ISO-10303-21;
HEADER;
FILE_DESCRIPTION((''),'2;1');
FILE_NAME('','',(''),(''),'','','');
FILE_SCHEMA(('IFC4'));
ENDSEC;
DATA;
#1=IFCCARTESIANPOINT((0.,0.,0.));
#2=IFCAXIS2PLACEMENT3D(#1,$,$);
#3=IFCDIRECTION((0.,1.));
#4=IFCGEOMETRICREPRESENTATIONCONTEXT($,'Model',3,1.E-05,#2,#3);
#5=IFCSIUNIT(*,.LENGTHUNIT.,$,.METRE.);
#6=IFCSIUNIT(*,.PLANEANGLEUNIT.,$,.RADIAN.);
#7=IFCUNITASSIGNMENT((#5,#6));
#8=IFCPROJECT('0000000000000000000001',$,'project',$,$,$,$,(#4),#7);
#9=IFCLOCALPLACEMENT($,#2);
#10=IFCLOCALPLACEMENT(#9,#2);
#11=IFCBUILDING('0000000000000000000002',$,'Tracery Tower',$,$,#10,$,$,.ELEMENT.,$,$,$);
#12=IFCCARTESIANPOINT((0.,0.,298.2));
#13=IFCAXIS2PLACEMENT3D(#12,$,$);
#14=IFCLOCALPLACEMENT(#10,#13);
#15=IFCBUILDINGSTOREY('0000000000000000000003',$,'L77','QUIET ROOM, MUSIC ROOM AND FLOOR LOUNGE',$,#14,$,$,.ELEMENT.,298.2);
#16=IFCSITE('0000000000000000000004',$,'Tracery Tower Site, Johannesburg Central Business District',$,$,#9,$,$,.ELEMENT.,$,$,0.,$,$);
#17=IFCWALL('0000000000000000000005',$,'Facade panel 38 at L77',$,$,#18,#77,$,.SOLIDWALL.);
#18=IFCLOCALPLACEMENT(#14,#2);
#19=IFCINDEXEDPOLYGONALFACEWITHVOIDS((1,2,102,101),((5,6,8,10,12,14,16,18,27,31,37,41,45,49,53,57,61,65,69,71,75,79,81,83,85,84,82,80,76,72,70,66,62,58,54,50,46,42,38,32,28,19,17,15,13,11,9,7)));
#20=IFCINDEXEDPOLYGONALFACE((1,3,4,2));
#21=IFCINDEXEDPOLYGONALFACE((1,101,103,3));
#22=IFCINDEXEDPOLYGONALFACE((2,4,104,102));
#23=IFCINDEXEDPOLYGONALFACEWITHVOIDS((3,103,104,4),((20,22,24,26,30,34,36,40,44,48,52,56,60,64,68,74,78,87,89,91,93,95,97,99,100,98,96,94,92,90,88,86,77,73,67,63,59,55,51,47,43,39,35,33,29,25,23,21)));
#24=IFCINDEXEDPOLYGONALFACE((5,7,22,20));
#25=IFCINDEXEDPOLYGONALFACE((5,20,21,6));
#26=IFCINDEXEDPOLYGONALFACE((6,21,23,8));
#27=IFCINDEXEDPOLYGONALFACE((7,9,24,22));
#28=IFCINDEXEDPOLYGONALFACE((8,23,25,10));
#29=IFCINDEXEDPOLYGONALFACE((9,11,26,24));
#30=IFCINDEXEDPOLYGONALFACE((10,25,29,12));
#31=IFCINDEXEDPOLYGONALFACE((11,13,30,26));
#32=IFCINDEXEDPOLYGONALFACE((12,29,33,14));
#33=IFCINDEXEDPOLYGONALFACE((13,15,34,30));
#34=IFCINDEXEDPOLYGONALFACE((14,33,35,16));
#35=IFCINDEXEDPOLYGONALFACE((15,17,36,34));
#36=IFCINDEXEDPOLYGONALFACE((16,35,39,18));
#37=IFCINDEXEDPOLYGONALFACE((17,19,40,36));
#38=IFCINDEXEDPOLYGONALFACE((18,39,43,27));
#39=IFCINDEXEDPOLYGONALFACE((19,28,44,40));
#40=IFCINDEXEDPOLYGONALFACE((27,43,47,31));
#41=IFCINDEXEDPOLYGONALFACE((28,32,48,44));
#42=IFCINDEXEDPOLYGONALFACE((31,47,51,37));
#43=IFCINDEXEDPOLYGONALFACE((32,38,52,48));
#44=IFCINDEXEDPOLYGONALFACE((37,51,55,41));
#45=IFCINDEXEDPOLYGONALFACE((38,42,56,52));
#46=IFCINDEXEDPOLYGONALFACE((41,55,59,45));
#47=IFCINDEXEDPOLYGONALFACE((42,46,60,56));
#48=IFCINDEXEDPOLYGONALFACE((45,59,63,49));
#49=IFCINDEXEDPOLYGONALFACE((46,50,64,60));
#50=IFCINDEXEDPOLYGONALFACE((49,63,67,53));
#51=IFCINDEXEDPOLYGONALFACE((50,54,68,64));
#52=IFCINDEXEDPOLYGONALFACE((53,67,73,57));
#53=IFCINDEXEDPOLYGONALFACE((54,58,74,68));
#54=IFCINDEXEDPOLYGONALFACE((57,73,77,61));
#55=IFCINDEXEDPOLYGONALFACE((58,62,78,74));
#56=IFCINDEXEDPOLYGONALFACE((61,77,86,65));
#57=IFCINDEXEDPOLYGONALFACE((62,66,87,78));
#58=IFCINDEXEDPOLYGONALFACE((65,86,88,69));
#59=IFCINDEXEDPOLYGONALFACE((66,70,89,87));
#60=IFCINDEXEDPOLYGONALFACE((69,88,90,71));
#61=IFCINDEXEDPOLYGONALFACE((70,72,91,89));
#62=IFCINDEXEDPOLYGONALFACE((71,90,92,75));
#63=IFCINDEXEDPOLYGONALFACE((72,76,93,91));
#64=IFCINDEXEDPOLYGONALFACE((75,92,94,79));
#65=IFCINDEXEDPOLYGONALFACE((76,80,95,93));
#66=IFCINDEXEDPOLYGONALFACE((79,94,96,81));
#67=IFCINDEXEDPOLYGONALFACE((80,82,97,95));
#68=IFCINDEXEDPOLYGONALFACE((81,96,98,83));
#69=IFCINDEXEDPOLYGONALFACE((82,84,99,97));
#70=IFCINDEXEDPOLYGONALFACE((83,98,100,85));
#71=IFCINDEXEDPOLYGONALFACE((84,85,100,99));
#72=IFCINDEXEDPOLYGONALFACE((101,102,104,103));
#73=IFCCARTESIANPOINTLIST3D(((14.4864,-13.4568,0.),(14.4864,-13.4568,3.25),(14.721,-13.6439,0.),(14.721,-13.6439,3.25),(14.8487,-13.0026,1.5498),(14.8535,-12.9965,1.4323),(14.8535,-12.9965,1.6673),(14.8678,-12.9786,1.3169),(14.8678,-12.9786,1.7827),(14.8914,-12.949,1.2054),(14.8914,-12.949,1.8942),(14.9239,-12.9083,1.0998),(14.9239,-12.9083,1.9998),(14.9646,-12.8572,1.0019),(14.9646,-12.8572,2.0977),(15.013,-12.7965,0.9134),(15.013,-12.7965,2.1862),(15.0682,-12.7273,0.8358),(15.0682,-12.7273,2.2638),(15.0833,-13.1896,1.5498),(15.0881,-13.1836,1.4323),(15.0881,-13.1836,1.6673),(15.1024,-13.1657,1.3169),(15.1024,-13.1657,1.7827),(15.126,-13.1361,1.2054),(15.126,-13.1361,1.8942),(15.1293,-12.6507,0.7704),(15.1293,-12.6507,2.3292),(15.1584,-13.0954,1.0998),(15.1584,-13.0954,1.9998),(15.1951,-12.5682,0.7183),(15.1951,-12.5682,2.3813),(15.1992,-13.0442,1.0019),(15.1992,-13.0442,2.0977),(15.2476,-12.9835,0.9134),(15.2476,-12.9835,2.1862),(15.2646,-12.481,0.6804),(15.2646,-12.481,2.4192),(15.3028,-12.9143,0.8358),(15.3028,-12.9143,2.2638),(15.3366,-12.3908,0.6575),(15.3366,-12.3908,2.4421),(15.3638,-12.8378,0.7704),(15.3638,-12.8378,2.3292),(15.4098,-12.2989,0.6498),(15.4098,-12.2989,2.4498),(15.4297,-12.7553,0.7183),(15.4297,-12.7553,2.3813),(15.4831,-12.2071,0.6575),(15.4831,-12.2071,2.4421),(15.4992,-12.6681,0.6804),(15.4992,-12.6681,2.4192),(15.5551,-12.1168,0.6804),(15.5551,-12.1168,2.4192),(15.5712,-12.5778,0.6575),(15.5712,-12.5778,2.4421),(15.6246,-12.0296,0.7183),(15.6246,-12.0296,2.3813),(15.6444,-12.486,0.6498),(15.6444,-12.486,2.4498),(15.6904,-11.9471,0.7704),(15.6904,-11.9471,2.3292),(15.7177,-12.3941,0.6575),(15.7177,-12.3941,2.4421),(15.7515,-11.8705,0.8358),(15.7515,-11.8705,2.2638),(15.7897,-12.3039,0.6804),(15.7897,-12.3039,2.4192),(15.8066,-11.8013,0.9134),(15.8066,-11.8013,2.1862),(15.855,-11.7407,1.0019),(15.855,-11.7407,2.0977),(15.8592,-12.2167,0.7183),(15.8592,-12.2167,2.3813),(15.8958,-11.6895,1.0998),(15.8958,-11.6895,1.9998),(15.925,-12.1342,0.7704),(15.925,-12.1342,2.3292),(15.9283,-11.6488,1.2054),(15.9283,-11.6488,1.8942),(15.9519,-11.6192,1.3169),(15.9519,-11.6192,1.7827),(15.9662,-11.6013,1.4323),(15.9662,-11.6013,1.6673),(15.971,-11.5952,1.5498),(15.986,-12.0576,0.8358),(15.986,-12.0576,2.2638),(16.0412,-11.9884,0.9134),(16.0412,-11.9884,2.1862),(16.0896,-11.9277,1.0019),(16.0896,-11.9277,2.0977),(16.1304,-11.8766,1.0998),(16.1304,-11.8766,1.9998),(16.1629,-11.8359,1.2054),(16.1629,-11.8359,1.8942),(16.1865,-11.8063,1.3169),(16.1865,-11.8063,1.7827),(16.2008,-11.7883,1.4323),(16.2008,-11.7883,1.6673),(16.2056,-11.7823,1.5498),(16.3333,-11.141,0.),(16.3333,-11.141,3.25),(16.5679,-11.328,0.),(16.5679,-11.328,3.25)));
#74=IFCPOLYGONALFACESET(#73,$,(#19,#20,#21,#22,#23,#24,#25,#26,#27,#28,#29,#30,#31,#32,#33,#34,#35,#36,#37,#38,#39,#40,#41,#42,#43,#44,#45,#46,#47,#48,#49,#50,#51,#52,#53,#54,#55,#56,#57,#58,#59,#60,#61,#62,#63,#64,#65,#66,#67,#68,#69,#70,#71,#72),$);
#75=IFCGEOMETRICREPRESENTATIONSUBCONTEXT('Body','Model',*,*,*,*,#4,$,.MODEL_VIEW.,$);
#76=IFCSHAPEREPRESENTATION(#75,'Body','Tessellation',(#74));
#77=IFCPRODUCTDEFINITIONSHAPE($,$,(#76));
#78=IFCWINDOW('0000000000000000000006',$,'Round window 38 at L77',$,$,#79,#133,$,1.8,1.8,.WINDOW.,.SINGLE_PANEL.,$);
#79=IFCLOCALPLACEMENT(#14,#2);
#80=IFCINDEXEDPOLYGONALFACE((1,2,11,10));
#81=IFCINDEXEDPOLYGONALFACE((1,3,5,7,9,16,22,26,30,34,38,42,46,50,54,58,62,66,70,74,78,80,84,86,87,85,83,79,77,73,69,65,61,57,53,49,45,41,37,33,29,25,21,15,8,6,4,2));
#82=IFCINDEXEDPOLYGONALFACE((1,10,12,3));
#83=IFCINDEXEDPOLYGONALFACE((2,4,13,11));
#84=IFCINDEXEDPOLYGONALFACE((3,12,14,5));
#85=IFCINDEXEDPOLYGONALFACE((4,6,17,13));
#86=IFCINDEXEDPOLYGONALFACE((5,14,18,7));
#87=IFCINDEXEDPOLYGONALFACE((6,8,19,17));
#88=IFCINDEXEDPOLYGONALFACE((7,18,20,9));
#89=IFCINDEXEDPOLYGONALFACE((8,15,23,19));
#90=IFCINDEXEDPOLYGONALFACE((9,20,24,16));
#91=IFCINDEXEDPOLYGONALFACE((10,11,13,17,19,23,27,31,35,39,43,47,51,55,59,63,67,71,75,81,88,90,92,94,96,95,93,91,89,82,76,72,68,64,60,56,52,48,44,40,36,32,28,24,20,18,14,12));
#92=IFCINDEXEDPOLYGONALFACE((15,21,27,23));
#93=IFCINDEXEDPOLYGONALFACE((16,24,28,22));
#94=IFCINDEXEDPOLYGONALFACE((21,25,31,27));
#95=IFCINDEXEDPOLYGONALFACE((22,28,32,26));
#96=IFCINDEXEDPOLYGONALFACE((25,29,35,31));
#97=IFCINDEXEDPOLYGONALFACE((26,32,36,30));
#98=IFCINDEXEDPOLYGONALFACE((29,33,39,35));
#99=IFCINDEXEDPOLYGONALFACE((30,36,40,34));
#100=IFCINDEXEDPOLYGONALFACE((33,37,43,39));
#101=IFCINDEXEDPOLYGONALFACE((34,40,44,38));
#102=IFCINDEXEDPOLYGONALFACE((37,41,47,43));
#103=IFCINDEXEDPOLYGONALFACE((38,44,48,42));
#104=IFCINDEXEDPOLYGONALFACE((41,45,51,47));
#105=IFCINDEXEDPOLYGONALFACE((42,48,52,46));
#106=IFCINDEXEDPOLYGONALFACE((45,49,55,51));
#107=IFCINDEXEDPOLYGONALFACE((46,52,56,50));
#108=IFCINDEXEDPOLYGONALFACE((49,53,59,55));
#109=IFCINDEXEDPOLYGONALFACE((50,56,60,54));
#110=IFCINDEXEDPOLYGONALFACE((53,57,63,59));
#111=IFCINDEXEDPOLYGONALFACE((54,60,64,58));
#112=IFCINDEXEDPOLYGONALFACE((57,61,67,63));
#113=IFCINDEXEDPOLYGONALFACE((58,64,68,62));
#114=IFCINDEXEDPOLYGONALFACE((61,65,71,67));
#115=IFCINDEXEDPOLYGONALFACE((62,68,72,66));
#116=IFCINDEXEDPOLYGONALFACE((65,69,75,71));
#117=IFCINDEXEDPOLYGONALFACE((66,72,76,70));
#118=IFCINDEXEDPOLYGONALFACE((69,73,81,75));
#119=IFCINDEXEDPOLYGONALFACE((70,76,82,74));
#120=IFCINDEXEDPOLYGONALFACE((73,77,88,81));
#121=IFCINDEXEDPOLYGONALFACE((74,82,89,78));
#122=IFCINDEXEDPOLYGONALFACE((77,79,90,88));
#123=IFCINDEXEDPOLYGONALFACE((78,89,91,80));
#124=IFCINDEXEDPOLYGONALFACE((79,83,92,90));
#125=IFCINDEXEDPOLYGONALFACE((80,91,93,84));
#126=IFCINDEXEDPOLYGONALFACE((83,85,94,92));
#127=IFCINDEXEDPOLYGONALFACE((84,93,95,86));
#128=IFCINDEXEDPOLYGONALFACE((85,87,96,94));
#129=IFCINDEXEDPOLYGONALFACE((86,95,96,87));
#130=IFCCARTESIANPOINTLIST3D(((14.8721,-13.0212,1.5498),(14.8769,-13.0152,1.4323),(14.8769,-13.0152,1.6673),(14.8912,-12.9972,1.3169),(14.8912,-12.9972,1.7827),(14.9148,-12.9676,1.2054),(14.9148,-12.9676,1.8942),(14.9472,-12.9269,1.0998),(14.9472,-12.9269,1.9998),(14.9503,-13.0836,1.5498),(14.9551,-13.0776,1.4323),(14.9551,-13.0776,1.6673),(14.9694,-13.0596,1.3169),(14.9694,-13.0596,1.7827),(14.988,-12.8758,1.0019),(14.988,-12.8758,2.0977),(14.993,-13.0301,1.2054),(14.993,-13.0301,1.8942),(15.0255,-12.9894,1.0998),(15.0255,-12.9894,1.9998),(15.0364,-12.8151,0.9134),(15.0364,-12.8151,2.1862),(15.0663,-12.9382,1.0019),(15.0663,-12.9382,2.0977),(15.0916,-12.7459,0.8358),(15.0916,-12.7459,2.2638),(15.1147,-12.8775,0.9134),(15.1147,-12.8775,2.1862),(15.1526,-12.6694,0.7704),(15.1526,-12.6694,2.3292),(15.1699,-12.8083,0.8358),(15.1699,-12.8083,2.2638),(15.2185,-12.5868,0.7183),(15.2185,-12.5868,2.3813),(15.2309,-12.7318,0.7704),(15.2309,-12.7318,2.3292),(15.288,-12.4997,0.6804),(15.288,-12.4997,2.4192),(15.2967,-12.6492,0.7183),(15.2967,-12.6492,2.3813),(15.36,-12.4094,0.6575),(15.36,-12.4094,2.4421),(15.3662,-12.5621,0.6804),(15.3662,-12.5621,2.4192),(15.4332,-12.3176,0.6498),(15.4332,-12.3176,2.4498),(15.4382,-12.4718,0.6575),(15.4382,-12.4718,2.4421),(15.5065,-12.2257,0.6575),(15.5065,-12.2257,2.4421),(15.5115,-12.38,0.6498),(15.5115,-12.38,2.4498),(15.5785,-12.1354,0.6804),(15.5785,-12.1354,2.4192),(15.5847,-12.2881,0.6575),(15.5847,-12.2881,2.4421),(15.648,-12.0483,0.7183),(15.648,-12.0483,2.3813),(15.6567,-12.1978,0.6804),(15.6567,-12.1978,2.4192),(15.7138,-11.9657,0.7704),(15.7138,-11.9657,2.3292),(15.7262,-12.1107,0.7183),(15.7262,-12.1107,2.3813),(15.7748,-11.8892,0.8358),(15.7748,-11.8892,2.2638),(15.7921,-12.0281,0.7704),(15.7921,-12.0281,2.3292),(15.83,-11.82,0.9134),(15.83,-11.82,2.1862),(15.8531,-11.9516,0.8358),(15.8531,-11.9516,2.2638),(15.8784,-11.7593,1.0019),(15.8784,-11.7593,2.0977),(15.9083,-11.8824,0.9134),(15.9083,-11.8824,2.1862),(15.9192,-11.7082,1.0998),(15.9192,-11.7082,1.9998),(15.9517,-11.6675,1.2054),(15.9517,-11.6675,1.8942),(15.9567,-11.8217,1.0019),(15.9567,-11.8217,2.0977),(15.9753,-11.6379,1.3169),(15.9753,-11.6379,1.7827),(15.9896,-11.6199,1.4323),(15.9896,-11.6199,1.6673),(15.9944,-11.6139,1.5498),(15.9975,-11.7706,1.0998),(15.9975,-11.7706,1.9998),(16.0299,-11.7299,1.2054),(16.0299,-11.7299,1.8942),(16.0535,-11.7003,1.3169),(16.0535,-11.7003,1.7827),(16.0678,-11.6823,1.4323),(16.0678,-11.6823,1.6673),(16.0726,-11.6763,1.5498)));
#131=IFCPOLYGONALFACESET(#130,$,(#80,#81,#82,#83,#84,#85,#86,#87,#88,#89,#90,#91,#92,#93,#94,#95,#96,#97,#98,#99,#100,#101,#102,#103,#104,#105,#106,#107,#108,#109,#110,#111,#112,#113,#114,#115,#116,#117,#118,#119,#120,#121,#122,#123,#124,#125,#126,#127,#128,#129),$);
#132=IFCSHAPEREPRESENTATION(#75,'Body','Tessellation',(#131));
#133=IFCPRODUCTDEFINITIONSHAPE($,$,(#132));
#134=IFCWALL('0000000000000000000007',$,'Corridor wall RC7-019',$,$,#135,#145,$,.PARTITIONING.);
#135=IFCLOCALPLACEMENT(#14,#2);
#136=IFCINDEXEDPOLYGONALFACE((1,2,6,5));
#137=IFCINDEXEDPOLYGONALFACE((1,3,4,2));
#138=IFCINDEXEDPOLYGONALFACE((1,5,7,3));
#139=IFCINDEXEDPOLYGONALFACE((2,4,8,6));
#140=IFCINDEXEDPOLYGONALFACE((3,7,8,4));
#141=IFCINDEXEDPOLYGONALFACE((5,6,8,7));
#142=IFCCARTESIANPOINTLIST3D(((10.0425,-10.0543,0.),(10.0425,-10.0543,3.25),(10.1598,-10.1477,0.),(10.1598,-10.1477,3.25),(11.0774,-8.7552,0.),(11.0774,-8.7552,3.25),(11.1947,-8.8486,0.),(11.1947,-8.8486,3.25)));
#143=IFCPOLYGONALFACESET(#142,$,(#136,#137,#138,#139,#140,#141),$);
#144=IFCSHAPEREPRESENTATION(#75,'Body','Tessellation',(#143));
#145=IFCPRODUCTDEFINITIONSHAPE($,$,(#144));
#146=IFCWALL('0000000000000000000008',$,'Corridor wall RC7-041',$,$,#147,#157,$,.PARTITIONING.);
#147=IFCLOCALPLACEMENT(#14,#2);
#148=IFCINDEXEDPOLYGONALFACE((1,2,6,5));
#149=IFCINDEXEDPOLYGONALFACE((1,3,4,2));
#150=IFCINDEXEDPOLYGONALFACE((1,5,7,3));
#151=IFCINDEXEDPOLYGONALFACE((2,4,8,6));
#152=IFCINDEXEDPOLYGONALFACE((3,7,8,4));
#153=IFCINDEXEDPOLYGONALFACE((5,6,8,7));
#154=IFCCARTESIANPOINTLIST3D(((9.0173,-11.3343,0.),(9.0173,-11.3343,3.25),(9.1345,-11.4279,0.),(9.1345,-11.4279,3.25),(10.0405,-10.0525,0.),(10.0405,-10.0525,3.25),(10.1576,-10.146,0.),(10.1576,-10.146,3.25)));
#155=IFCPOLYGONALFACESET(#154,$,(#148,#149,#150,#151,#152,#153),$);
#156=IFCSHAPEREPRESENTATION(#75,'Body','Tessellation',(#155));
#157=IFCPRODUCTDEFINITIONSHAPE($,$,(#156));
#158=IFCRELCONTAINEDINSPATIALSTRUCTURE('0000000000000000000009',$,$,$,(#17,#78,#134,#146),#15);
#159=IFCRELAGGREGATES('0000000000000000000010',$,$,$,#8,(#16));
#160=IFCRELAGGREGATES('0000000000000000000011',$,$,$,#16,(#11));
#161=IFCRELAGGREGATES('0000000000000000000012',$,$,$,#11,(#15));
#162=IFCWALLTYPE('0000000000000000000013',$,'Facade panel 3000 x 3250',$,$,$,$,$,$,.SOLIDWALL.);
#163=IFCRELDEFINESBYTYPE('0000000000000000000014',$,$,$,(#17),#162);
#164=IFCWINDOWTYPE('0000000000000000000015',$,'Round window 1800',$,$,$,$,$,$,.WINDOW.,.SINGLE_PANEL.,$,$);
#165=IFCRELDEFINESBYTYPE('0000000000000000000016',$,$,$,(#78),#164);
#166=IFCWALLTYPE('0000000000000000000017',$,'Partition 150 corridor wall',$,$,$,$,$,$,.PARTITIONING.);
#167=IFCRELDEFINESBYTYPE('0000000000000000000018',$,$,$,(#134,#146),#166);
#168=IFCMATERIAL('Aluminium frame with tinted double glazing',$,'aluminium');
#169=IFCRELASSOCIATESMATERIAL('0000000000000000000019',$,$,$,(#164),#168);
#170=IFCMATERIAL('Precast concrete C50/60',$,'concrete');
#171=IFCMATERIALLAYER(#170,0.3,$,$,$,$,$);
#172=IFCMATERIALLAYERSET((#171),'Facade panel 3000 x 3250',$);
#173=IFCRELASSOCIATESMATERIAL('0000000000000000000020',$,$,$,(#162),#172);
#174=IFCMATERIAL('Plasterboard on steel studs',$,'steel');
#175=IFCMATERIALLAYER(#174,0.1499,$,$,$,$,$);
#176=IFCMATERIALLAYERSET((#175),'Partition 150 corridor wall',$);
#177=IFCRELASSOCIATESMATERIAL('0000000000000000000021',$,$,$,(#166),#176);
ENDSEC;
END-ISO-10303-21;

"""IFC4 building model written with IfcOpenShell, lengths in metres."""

from ifc_helpers import new_model, si_unit, direction, frame, frame_2d, origin, origin_2d, place, context, subcontext, project, spatial, rectangle, circle, extrude, material, layer, layer_set, type_object, element, fill, save


model = new_model("IFC4")

# Units and contexts
model_context = context("Model", 3, precision=1e-05, world=origin(), true_north=direction((0.0, 1.0)))
body_context = subcontext(model_context, "Body", "Model", "MODEL_VIEW")
ifc_project = project(units=[si_unit("LENGTHUNIT", "METRE"), si_unit("PLANEANGLEUNIT", "RADIAN")], contexts=[model_context])

# Site, building, storey
site_placement = place(None, origin())
site = spatial("IfcSite", under=ifc_project, at=site_placement, Name="Tracery Tower Site, Johannesburg Central Business District", CompositionType="ELEMENT", RefElevation=0.0)
building_placement = place(site_placement, origin())
building = spatial("IfcBuilding", under=site, at=building_placement, Name="Tracery Tower", CompositionType="ELEMENT")
storey_placement = place(building_placement, frame((0.0, 0.0, 298.2)))
storey = spatial("IfcBuildingStorey", under=building, at=storey_placement, Name="L77", Description="QUIET ROOM, MUSIC ROOM AND FLOOR LOUNGE", CompositionType="ELEMENT", Elevation=298.2)

# Wall, opening, window
ifc_material_1 = material(Name="Aluminium frame with tinted double glazing", Category="aluminium")
window_type = type_object("IfcWindowType", Name="Round window 1800", PartitioningType="SINGLE_PANEL", PredefinedType="WINDOW", material=ifc_material_1)
ifc_material_2 = material(Name="Precast concrete C50/60", Category="concrete")
ifc_layer_1 = layer(ifc_material_2, 0.3)
ifc_layer_set_1 = layer_set([ifc_layer_1], Name="Facade panel 3000 x 3250")
wall_type_1 = type_object("IfcWallType", Name="Facade panel 3000 x 3250", PredefinedType="SOLIDWALL", material=ifc_layer_set_1)
wall_1_placement = place(storey_placement, frame((14.6038, -13.5503, 0.0), z_axis=(0.0, 0.0, 1.0), x_axis=(0.623498, 0.781825, 0.0)))
wall_1 = element("IfcWall", 1, at=wall_1_placement, inside=storey, type_object=wall_type_1, Name="Facade panel 38 at L77", PredefinedType="SOLIDWALL", context=body_context, shape_type="SweptSolid", body=[
    extrude(rectangle(XDim=2.9622, YDim=0.3, at=frame_2d((1.481, 0.0))), origin(), (0.0, 0.0, 1.0), 3.25),
])
opening_1_placement = place(wall_1_placement, frame((1.481, 0.0, 1.5498)))
opening_1 = element("IfcOpeningElement", 2, at=opening_1_placement, cuts=wall_1, PredefinedType="OPENING", context=body_context, shape_type="SweptSolid", body=[
    extrude(circle(Radius=0.9, at=origin_2d()), frame((0.0, 0.1599, 0.0), z_axis=(0.0, -1.0, 0.0), x_axis=(1.0, 0.0, 0.0)), (0.0, 0.0, 1.0), 0.3201),
])
window_1_placement = place(opening_1_placement, origin())
window_1 = element("IfcWindow", 3, at=window_1_placement, inside=storey, type_object=window_type, Name="Round window 38 at L77", OverallHeight=1.8, OverallWidth=1.8, PartitioningType="SINGLE_PANEL", PredefinedType="WINDOW", context=body_context, shape_type="SweptSolid", body=[
    extrude(circle(Radius=0.9, at=origin_2d()), frame((0.0, 0.1201, 0.0), z_axis=(0.0, -1.0, 0.0), x_axis=(1.0, 0.0, 0.0)), (0.0, 0.0, 1.0), 0.1001),
])
fill(opening_1, window_1)

# Walls
ifc_material_3 = material(Name="Plasterboard on steel studs", Category="steel")
ifc_layer_2 = layer(ifc_material_3, 0.1499)
ifc_layer_set_2 = layer_set([ifc_layer_2], Name="Partition 150 corridor wall")
wall_type_2 = type_object("IfcWallType", Name="Partition 150 corridor wall", PredefinedType="PARTITIONING", material=ifc_layer_set_2)
wall_2_placement = place(storey_placement, frame((10.1011, -10.1011, 0.0), z_axis=(0.0, 0.0, 1.0), x_axis=(0.623098, 0.782143, 0.0)))
element("IfcWall", 4, at=wall_2_placement, inside=storey, type_object=wall_type_2, Name="Corridor wall RC7-019", PredefinedType="PARTITIONING", context=body_context, shape_type="SweptSolid", body=[
    extrude(rectangle(XDim=1.6609, YDim=0.1499, at=frame_2d((0.8306, 0.0))), origin(), (0.0, 0.0, 1.0), 3.25),
])
wall_3_placement = place(storey_placement, frame((9.0759, -11.3811, 0.0), z_axis=(0.0, 0.0, 1.0), x_axis=(0.623805, 0.78158, 0.0)))
element("IfcWall", 5, at=wall_3_placement, inside=storey, type_object=wall_type_2, Name="Corridor wall RC7-041", PredefinedType="PARTITIONING", context=body_context, shape_type="SweptSolid", body=[
    extrude(rectangle(XDim=1.6401, YDim=0.1499, at=frame_2d((0.8201, 0.0))), origin(), (0.0, 0.0, 1.0), 3.25),
])

save(model, "model.ifc")
